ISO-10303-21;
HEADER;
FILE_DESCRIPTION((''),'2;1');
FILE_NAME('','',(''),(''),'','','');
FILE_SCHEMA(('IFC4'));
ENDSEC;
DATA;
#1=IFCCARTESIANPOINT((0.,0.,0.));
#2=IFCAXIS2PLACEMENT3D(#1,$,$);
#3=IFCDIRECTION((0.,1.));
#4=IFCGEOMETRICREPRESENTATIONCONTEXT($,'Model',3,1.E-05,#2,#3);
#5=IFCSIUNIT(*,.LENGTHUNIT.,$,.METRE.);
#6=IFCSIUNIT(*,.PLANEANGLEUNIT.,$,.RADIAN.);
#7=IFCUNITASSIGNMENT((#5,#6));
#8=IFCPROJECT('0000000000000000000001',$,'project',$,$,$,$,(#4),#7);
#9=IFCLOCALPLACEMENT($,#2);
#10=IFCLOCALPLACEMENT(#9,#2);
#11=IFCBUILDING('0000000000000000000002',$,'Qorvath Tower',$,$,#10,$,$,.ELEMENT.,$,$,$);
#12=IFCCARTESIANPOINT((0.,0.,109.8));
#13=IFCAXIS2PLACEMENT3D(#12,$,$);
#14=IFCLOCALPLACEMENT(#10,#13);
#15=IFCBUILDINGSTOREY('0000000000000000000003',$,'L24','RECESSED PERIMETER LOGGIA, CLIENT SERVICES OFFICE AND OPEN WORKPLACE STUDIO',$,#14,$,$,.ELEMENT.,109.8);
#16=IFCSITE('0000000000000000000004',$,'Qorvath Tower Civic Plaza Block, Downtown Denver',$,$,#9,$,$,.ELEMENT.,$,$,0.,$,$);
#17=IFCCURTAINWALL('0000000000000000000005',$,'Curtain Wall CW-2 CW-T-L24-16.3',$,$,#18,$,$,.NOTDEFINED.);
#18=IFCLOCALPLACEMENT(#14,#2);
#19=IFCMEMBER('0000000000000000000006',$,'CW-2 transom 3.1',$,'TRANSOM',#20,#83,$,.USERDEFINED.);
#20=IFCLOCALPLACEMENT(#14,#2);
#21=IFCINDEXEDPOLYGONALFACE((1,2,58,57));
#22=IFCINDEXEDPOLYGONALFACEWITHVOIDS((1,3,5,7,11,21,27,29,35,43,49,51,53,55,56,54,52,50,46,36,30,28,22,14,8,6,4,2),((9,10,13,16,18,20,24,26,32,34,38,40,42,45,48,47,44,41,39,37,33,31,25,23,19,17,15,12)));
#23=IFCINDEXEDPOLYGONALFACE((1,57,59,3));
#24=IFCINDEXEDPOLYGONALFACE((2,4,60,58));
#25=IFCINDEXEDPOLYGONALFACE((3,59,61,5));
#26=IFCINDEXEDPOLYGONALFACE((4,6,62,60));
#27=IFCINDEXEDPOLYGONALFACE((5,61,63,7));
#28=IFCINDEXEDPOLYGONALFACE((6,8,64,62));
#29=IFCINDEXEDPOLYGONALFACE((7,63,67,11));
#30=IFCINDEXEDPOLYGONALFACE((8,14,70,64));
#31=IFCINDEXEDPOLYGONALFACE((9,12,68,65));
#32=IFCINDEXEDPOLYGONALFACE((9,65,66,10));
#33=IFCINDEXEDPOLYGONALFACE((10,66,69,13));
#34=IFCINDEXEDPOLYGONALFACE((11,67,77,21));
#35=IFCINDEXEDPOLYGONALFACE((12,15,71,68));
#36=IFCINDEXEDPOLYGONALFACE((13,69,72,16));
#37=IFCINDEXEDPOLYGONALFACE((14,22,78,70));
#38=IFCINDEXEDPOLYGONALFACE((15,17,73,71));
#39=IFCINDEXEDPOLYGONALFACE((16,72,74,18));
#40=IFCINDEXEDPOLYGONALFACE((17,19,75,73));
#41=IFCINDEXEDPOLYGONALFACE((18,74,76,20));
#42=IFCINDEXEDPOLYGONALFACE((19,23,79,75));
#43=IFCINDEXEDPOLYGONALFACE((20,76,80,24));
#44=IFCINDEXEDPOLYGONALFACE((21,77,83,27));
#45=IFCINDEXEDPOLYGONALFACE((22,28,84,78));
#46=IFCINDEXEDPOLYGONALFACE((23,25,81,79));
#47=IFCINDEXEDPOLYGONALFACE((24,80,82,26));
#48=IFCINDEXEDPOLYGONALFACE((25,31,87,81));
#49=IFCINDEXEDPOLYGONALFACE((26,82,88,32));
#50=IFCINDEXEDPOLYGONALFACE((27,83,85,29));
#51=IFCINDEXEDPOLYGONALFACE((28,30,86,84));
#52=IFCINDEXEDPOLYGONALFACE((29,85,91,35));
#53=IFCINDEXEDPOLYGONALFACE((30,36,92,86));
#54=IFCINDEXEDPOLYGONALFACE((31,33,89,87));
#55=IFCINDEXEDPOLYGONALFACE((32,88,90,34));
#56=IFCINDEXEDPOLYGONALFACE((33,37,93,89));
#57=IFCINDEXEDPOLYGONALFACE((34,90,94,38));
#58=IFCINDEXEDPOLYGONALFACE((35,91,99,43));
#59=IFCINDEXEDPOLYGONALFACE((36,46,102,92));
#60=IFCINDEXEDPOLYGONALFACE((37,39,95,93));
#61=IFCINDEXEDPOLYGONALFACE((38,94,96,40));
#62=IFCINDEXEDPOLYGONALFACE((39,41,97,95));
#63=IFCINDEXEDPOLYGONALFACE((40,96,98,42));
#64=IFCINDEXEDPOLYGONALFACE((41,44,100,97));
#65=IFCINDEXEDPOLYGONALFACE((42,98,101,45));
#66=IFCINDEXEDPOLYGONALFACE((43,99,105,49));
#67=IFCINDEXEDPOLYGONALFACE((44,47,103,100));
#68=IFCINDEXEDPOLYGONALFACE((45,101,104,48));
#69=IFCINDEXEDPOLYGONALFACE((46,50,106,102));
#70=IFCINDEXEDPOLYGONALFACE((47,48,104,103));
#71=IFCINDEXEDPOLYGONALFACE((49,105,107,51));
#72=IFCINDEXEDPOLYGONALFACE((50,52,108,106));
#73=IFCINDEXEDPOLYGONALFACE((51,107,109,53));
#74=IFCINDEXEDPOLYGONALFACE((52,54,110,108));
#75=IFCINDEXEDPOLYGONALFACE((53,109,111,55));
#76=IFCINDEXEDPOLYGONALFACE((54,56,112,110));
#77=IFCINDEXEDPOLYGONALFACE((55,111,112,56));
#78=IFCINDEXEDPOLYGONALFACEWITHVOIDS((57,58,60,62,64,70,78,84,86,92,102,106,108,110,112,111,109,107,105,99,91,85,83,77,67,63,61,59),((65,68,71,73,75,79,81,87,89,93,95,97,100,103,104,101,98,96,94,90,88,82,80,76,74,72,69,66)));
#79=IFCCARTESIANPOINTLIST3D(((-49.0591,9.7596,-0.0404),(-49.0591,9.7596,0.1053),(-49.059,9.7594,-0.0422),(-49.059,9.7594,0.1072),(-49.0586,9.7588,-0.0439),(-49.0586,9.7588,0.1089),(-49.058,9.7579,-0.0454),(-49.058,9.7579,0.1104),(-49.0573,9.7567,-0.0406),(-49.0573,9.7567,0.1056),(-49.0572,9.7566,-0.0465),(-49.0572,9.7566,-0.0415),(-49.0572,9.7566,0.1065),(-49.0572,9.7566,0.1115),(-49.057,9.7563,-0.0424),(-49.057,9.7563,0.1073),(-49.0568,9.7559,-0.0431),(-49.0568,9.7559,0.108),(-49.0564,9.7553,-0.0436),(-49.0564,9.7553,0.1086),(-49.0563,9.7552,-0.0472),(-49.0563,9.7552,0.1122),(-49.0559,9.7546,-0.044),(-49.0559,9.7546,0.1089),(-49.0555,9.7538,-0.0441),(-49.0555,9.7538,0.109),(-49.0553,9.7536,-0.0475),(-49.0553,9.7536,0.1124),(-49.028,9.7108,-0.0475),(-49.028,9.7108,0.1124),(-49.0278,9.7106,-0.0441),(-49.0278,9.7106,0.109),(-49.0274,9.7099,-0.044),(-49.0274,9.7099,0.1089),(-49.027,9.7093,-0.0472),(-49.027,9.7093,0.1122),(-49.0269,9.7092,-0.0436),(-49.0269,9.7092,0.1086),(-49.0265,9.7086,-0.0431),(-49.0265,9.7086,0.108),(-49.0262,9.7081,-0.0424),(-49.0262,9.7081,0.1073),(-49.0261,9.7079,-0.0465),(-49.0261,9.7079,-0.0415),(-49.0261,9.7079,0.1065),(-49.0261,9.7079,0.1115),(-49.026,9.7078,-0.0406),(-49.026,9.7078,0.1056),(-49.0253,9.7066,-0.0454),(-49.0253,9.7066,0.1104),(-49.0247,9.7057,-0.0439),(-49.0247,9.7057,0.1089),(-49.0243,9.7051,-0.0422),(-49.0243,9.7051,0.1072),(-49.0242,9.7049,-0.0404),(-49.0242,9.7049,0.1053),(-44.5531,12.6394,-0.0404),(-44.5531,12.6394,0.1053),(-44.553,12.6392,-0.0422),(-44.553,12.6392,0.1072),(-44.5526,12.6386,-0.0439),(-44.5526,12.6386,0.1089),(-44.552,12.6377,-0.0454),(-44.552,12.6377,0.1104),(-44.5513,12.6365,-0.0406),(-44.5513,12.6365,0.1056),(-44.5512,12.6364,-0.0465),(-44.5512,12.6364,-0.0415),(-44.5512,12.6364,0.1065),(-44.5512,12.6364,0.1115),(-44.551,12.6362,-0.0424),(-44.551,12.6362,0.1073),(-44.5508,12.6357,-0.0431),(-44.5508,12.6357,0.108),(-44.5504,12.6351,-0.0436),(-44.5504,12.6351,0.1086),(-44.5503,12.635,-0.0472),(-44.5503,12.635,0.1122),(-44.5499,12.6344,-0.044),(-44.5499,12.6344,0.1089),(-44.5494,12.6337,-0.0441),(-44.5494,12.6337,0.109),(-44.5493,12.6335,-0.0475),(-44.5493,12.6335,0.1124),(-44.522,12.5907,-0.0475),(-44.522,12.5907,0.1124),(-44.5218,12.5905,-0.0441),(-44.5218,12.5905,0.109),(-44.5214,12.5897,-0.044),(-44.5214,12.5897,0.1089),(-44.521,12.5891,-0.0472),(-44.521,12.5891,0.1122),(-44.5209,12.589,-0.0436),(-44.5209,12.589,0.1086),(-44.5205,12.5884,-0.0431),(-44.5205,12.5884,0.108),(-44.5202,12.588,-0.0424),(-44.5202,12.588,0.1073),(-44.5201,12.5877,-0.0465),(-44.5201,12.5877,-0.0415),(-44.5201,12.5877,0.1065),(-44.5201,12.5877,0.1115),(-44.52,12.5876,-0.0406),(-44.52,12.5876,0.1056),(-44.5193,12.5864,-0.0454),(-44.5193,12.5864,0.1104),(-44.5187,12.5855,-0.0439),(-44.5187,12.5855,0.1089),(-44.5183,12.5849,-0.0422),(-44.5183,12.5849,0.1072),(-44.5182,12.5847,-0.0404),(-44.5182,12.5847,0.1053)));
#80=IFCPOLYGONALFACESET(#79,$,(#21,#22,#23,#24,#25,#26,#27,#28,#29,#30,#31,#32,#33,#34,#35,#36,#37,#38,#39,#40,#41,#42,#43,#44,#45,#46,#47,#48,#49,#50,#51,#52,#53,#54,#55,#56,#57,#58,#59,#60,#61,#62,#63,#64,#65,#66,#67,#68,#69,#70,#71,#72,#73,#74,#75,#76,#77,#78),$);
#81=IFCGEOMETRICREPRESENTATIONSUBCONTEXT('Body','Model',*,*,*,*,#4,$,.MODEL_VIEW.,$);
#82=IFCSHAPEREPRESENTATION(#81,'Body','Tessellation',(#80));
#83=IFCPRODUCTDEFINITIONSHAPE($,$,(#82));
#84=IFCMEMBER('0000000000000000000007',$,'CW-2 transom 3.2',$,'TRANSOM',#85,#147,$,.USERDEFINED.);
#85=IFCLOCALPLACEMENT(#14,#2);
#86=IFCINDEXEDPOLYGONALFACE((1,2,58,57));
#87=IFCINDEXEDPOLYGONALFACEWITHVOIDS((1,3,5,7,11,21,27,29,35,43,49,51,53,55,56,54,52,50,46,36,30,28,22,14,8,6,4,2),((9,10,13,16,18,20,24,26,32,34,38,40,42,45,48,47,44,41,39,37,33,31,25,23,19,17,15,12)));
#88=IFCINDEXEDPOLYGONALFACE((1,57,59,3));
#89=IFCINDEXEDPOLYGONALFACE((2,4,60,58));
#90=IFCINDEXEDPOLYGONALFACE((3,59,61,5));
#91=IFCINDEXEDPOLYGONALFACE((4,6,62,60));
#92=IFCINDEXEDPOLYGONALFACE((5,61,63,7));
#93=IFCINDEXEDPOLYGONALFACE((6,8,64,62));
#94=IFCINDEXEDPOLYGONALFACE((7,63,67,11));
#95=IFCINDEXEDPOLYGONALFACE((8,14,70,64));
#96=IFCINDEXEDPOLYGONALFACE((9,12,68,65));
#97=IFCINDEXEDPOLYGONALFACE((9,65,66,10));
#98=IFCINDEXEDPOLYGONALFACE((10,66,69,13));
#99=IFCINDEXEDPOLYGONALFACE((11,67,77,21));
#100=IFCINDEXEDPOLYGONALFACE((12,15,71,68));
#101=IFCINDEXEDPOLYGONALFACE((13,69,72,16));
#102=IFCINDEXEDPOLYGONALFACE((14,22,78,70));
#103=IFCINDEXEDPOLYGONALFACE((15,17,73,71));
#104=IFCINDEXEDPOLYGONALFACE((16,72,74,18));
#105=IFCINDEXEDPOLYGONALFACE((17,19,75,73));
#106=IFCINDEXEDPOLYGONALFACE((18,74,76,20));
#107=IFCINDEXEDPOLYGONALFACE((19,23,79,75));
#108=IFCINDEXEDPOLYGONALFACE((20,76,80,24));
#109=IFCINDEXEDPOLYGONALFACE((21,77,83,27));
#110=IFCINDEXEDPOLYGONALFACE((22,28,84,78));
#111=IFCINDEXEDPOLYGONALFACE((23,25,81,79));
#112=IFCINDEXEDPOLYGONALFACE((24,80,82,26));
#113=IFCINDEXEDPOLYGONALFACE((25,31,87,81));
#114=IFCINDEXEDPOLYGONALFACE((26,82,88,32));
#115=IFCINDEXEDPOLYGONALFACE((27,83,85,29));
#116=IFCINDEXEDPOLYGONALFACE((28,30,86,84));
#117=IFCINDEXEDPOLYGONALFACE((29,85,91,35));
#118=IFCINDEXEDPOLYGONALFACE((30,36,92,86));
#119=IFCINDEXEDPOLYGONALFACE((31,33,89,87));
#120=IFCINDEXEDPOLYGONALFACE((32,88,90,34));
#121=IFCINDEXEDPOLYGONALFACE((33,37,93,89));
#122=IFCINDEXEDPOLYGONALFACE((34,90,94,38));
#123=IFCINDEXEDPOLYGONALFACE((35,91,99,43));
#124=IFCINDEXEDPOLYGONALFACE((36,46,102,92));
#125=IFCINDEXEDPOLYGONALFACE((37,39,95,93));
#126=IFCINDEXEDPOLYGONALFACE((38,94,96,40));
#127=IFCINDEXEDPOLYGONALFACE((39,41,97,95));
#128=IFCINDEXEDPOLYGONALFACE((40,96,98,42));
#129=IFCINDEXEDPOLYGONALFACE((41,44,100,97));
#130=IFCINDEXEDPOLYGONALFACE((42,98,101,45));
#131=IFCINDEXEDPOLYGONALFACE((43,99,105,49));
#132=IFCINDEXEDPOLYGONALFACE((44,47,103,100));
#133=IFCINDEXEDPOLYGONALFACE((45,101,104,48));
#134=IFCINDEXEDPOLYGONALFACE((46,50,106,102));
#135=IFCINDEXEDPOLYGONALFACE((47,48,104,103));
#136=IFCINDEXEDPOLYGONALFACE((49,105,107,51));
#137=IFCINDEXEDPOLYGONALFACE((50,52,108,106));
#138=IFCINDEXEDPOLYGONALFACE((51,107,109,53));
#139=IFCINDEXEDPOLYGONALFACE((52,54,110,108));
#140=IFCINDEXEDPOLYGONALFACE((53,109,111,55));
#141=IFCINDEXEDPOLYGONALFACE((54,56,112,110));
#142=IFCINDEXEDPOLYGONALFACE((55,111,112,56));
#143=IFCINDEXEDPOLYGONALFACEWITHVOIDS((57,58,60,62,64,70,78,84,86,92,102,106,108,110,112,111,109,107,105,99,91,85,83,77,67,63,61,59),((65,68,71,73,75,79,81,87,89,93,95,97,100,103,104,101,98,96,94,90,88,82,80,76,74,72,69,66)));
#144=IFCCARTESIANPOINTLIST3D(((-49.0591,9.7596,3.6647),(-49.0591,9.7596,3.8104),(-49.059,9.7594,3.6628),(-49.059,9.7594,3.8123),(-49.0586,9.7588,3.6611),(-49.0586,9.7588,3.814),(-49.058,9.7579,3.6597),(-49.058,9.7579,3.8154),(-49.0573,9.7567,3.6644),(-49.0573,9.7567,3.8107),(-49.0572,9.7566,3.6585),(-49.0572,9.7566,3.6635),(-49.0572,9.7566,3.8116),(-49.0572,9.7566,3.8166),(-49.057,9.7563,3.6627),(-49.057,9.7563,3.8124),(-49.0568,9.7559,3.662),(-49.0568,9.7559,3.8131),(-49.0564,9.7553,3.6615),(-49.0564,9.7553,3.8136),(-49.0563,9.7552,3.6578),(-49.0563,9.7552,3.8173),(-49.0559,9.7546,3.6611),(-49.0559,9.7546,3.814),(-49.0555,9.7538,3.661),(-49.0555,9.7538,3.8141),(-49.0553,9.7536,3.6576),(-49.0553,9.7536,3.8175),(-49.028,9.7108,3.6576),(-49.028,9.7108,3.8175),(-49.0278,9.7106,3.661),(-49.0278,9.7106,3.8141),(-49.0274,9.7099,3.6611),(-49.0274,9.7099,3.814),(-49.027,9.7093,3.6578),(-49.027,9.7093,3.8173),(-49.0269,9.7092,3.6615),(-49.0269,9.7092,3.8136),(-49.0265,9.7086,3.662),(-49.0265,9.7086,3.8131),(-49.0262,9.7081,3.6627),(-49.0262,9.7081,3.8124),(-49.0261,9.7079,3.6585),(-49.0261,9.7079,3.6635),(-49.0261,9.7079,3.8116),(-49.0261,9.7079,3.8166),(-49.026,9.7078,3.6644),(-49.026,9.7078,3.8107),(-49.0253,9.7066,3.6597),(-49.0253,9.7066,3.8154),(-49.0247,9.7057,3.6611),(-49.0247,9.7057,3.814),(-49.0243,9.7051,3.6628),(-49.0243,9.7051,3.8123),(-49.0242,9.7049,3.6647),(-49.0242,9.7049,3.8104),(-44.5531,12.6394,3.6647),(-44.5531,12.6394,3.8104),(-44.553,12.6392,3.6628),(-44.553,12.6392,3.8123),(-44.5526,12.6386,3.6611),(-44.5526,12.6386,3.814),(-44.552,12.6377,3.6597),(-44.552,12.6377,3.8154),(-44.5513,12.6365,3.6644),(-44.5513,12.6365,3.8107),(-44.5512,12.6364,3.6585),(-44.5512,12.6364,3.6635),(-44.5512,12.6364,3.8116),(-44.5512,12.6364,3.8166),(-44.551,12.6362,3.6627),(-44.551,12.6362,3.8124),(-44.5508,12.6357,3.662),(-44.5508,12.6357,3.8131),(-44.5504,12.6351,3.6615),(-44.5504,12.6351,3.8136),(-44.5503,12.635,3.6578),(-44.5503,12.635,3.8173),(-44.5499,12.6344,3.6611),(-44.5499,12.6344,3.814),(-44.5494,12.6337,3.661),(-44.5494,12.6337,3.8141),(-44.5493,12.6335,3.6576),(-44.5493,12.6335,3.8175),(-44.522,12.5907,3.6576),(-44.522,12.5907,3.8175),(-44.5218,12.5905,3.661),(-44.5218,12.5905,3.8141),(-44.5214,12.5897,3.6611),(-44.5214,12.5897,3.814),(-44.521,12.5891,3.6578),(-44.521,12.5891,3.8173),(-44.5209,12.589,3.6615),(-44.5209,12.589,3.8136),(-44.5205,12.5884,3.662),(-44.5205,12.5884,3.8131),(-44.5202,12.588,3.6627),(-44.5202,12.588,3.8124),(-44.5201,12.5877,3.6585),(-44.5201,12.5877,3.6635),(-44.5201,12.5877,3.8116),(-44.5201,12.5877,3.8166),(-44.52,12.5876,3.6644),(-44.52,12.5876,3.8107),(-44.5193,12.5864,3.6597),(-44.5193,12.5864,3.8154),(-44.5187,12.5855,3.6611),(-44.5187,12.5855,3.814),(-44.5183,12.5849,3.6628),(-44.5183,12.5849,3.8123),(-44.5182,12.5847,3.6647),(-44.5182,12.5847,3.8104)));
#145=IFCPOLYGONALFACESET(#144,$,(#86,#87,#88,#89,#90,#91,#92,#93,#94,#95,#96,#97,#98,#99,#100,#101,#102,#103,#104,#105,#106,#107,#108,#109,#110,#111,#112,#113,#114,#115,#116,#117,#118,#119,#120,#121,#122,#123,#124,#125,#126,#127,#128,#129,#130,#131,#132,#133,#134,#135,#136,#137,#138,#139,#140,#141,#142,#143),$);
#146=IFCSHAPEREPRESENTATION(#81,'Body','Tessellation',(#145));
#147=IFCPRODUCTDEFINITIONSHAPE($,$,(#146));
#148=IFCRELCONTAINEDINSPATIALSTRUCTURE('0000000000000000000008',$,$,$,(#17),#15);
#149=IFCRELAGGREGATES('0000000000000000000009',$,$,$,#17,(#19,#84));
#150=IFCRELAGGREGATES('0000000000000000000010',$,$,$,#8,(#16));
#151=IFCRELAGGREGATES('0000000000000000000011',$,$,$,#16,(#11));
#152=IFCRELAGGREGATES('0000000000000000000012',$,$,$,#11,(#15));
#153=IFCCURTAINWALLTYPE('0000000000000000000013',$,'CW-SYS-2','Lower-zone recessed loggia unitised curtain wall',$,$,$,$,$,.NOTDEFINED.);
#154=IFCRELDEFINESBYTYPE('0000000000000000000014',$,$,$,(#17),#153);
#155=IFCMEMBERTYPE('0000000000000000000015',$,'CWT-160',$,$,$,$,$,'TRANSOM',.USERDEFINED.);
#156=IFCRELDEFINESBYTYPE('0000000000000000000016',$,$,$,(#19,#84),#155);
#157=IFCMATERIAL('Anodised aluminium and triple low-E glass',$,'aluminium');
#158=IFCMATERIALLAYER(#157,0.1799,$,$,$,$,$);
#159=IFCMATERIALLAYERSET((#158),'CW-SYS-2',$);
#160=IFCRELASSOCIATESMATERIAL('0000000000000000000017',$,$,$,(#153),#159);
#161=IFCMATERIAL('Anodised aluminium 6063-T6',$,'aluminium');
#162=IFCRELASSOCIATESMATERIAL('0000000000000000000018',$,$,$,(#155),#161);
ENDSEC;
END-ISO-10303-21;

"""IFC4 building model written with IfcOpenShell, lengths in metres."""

from ifc_helpers import new_model, si_unit, direction, frame, origin, origin_2d, place, context, subcontext, project, spatial, hollow_rectangle, extrude, material, layer, layer_set, material_profile, profile_set, type_object, element, aggregate, save


model = new_model("IFC4")

# Units and contexts
model_context = context("Model", 3, precision=1e-05, world=origin(), true_north=direction((0.0, 1.0)))
body_context = subcontext(model_context, "Body", "Model", "MODEL_VIEW")
ifc_project = project(units=[si_unit("LENGTHUNIT", "METRE"), si_unit("PLANEANGLEUNIT", "RADIAN")], contexts=[model_context])

# Site, building, storey
site_placement = place(None, origin())
site = spatial("IfcSite", under=ifc_project, at=site_placement, Name="Qorvath Tower Civic Plaza Block, Downtown Denver", CompositionType="ELEMENT", RefElevation=0.0)
building_placement = place(site_placement, origin())
building = spatial("IfcBuilding", under=site, at=building_placement, Name="Qorvath Tower", CompositionType="ELEMENT")
storey_placement = place(building_placement, frame((0.0, 0.0, 109.8)))
storey = spatial("IfcBuildingStorey", under=building, at=storey_placement, Name="L24", Description="RECESSED PERIMETER LOGGIA, CLIENT SERVICES OFFICE AND OPEN WORKPLACE STUDIO", CompositionType="ELEMENT", Elevation=109.8)

# Curtain wall, members
ifc_material_1 = material(Name="Anodised aluminium and triple low-E glass", Category="aluminium")
ifc_layer_1 = layer(ifc_material_1, 0.1799)
ifc_layer_set_1 = layer_set([ifc_layer_1], Name="CW-SYS-2")
curtain_wall_type = type_object("IfcCurtainWallType", Name="CW-SYS-2", Description="Lower-zone recessed loggia unitised curtain wall", PredefinedType="NOTDEFINED", material=ifc_layer_set_1)
curtain_wall_placement = place(storey_placement, origin())
curtain_wall = element("IfcCurtainWall", 1, at=curtain_wall_placement, inside=storey, type_object=curtain_wall_type, Name="Curtain Wall CW-2 CW-T-L24-16.3", PredefinedType="NOTDEFINED")
ifc_material_2 = material(Name="Anodised aluminium 6063-T6", Category="aluminium")
ifc_material_profile_1 = material_profile(ifc_material_2, hollow_rectangle(XDim=0.0649, YDim=0.1599, WallThickness=0.0034, InnerFilletRadius=0.0034, OuterFilletRadius=0.0071, at=origin_2d()), Name="CWT 160x65")
ifc_profile_set_1 = profile_set([ifc_material_profile_1], Name="Anodised aluminium 6063-T6")
member_type_1 = type_object("IfcMemberType", Name="CWT-160", ElementType="TRANSOM", PredefinedType="USERDEFINED", material=ifc_profile_set_1)
member_1_placement = place(storey_placement, frame((-44.5356, 12.6121, 0.0325), z_axis=(-0.842613, -0.53852, 0.0), x_axis=(0.53852, -0.842613, 0.0)))
member_1 = element("IfcMember", 2, at=member_1_placement, type_object=member_type_1, Name="CW-2 transom 3.1", ObjectType="TRANSOM", PredefinedType="USERDEFINED", context=body_context, shape_type="SweptSolid", body=[
    extrude(hollow_rectangle(XDim=0.0649, YDim=0.1599, WallThickness=0.0034, InnerFilletRadius=0.0034, OuterFilletRadius=0.0071, at=origin_2d()), origin(), (0.0, 0.0, 1.0), 5.3477),
])
member_2_placement = place(storey_placement, frame((-44.5356, 12.6121, 3.7375), z_axis=(-0.842613, -0.53852, 0.0), x_axis=(0.53852, -0.842613, 0.0)))
member_2 = element("IfcMember", 3, at=member_2_placement, type_object=member_type_1, Name="CW-2 transom 3.2", ObjectType="TRANSOM", PredefinedType="USERDEFINED", context=body_context, shape_type="SweptSolid", body=[
    extrude(hollow_rectangle(XDim=0.0649, YDim=0.1599, WallThickness=0.0034, InnerFilletRadius=0.0034, OuterFilletRadius=0.0071, at=origin_2d()), origin(), (0.0, 0.0, 1.0), 5.3477),
])
aggregate(curtain_wall, [member_1, member_2])

save(model, "model.ifc")
